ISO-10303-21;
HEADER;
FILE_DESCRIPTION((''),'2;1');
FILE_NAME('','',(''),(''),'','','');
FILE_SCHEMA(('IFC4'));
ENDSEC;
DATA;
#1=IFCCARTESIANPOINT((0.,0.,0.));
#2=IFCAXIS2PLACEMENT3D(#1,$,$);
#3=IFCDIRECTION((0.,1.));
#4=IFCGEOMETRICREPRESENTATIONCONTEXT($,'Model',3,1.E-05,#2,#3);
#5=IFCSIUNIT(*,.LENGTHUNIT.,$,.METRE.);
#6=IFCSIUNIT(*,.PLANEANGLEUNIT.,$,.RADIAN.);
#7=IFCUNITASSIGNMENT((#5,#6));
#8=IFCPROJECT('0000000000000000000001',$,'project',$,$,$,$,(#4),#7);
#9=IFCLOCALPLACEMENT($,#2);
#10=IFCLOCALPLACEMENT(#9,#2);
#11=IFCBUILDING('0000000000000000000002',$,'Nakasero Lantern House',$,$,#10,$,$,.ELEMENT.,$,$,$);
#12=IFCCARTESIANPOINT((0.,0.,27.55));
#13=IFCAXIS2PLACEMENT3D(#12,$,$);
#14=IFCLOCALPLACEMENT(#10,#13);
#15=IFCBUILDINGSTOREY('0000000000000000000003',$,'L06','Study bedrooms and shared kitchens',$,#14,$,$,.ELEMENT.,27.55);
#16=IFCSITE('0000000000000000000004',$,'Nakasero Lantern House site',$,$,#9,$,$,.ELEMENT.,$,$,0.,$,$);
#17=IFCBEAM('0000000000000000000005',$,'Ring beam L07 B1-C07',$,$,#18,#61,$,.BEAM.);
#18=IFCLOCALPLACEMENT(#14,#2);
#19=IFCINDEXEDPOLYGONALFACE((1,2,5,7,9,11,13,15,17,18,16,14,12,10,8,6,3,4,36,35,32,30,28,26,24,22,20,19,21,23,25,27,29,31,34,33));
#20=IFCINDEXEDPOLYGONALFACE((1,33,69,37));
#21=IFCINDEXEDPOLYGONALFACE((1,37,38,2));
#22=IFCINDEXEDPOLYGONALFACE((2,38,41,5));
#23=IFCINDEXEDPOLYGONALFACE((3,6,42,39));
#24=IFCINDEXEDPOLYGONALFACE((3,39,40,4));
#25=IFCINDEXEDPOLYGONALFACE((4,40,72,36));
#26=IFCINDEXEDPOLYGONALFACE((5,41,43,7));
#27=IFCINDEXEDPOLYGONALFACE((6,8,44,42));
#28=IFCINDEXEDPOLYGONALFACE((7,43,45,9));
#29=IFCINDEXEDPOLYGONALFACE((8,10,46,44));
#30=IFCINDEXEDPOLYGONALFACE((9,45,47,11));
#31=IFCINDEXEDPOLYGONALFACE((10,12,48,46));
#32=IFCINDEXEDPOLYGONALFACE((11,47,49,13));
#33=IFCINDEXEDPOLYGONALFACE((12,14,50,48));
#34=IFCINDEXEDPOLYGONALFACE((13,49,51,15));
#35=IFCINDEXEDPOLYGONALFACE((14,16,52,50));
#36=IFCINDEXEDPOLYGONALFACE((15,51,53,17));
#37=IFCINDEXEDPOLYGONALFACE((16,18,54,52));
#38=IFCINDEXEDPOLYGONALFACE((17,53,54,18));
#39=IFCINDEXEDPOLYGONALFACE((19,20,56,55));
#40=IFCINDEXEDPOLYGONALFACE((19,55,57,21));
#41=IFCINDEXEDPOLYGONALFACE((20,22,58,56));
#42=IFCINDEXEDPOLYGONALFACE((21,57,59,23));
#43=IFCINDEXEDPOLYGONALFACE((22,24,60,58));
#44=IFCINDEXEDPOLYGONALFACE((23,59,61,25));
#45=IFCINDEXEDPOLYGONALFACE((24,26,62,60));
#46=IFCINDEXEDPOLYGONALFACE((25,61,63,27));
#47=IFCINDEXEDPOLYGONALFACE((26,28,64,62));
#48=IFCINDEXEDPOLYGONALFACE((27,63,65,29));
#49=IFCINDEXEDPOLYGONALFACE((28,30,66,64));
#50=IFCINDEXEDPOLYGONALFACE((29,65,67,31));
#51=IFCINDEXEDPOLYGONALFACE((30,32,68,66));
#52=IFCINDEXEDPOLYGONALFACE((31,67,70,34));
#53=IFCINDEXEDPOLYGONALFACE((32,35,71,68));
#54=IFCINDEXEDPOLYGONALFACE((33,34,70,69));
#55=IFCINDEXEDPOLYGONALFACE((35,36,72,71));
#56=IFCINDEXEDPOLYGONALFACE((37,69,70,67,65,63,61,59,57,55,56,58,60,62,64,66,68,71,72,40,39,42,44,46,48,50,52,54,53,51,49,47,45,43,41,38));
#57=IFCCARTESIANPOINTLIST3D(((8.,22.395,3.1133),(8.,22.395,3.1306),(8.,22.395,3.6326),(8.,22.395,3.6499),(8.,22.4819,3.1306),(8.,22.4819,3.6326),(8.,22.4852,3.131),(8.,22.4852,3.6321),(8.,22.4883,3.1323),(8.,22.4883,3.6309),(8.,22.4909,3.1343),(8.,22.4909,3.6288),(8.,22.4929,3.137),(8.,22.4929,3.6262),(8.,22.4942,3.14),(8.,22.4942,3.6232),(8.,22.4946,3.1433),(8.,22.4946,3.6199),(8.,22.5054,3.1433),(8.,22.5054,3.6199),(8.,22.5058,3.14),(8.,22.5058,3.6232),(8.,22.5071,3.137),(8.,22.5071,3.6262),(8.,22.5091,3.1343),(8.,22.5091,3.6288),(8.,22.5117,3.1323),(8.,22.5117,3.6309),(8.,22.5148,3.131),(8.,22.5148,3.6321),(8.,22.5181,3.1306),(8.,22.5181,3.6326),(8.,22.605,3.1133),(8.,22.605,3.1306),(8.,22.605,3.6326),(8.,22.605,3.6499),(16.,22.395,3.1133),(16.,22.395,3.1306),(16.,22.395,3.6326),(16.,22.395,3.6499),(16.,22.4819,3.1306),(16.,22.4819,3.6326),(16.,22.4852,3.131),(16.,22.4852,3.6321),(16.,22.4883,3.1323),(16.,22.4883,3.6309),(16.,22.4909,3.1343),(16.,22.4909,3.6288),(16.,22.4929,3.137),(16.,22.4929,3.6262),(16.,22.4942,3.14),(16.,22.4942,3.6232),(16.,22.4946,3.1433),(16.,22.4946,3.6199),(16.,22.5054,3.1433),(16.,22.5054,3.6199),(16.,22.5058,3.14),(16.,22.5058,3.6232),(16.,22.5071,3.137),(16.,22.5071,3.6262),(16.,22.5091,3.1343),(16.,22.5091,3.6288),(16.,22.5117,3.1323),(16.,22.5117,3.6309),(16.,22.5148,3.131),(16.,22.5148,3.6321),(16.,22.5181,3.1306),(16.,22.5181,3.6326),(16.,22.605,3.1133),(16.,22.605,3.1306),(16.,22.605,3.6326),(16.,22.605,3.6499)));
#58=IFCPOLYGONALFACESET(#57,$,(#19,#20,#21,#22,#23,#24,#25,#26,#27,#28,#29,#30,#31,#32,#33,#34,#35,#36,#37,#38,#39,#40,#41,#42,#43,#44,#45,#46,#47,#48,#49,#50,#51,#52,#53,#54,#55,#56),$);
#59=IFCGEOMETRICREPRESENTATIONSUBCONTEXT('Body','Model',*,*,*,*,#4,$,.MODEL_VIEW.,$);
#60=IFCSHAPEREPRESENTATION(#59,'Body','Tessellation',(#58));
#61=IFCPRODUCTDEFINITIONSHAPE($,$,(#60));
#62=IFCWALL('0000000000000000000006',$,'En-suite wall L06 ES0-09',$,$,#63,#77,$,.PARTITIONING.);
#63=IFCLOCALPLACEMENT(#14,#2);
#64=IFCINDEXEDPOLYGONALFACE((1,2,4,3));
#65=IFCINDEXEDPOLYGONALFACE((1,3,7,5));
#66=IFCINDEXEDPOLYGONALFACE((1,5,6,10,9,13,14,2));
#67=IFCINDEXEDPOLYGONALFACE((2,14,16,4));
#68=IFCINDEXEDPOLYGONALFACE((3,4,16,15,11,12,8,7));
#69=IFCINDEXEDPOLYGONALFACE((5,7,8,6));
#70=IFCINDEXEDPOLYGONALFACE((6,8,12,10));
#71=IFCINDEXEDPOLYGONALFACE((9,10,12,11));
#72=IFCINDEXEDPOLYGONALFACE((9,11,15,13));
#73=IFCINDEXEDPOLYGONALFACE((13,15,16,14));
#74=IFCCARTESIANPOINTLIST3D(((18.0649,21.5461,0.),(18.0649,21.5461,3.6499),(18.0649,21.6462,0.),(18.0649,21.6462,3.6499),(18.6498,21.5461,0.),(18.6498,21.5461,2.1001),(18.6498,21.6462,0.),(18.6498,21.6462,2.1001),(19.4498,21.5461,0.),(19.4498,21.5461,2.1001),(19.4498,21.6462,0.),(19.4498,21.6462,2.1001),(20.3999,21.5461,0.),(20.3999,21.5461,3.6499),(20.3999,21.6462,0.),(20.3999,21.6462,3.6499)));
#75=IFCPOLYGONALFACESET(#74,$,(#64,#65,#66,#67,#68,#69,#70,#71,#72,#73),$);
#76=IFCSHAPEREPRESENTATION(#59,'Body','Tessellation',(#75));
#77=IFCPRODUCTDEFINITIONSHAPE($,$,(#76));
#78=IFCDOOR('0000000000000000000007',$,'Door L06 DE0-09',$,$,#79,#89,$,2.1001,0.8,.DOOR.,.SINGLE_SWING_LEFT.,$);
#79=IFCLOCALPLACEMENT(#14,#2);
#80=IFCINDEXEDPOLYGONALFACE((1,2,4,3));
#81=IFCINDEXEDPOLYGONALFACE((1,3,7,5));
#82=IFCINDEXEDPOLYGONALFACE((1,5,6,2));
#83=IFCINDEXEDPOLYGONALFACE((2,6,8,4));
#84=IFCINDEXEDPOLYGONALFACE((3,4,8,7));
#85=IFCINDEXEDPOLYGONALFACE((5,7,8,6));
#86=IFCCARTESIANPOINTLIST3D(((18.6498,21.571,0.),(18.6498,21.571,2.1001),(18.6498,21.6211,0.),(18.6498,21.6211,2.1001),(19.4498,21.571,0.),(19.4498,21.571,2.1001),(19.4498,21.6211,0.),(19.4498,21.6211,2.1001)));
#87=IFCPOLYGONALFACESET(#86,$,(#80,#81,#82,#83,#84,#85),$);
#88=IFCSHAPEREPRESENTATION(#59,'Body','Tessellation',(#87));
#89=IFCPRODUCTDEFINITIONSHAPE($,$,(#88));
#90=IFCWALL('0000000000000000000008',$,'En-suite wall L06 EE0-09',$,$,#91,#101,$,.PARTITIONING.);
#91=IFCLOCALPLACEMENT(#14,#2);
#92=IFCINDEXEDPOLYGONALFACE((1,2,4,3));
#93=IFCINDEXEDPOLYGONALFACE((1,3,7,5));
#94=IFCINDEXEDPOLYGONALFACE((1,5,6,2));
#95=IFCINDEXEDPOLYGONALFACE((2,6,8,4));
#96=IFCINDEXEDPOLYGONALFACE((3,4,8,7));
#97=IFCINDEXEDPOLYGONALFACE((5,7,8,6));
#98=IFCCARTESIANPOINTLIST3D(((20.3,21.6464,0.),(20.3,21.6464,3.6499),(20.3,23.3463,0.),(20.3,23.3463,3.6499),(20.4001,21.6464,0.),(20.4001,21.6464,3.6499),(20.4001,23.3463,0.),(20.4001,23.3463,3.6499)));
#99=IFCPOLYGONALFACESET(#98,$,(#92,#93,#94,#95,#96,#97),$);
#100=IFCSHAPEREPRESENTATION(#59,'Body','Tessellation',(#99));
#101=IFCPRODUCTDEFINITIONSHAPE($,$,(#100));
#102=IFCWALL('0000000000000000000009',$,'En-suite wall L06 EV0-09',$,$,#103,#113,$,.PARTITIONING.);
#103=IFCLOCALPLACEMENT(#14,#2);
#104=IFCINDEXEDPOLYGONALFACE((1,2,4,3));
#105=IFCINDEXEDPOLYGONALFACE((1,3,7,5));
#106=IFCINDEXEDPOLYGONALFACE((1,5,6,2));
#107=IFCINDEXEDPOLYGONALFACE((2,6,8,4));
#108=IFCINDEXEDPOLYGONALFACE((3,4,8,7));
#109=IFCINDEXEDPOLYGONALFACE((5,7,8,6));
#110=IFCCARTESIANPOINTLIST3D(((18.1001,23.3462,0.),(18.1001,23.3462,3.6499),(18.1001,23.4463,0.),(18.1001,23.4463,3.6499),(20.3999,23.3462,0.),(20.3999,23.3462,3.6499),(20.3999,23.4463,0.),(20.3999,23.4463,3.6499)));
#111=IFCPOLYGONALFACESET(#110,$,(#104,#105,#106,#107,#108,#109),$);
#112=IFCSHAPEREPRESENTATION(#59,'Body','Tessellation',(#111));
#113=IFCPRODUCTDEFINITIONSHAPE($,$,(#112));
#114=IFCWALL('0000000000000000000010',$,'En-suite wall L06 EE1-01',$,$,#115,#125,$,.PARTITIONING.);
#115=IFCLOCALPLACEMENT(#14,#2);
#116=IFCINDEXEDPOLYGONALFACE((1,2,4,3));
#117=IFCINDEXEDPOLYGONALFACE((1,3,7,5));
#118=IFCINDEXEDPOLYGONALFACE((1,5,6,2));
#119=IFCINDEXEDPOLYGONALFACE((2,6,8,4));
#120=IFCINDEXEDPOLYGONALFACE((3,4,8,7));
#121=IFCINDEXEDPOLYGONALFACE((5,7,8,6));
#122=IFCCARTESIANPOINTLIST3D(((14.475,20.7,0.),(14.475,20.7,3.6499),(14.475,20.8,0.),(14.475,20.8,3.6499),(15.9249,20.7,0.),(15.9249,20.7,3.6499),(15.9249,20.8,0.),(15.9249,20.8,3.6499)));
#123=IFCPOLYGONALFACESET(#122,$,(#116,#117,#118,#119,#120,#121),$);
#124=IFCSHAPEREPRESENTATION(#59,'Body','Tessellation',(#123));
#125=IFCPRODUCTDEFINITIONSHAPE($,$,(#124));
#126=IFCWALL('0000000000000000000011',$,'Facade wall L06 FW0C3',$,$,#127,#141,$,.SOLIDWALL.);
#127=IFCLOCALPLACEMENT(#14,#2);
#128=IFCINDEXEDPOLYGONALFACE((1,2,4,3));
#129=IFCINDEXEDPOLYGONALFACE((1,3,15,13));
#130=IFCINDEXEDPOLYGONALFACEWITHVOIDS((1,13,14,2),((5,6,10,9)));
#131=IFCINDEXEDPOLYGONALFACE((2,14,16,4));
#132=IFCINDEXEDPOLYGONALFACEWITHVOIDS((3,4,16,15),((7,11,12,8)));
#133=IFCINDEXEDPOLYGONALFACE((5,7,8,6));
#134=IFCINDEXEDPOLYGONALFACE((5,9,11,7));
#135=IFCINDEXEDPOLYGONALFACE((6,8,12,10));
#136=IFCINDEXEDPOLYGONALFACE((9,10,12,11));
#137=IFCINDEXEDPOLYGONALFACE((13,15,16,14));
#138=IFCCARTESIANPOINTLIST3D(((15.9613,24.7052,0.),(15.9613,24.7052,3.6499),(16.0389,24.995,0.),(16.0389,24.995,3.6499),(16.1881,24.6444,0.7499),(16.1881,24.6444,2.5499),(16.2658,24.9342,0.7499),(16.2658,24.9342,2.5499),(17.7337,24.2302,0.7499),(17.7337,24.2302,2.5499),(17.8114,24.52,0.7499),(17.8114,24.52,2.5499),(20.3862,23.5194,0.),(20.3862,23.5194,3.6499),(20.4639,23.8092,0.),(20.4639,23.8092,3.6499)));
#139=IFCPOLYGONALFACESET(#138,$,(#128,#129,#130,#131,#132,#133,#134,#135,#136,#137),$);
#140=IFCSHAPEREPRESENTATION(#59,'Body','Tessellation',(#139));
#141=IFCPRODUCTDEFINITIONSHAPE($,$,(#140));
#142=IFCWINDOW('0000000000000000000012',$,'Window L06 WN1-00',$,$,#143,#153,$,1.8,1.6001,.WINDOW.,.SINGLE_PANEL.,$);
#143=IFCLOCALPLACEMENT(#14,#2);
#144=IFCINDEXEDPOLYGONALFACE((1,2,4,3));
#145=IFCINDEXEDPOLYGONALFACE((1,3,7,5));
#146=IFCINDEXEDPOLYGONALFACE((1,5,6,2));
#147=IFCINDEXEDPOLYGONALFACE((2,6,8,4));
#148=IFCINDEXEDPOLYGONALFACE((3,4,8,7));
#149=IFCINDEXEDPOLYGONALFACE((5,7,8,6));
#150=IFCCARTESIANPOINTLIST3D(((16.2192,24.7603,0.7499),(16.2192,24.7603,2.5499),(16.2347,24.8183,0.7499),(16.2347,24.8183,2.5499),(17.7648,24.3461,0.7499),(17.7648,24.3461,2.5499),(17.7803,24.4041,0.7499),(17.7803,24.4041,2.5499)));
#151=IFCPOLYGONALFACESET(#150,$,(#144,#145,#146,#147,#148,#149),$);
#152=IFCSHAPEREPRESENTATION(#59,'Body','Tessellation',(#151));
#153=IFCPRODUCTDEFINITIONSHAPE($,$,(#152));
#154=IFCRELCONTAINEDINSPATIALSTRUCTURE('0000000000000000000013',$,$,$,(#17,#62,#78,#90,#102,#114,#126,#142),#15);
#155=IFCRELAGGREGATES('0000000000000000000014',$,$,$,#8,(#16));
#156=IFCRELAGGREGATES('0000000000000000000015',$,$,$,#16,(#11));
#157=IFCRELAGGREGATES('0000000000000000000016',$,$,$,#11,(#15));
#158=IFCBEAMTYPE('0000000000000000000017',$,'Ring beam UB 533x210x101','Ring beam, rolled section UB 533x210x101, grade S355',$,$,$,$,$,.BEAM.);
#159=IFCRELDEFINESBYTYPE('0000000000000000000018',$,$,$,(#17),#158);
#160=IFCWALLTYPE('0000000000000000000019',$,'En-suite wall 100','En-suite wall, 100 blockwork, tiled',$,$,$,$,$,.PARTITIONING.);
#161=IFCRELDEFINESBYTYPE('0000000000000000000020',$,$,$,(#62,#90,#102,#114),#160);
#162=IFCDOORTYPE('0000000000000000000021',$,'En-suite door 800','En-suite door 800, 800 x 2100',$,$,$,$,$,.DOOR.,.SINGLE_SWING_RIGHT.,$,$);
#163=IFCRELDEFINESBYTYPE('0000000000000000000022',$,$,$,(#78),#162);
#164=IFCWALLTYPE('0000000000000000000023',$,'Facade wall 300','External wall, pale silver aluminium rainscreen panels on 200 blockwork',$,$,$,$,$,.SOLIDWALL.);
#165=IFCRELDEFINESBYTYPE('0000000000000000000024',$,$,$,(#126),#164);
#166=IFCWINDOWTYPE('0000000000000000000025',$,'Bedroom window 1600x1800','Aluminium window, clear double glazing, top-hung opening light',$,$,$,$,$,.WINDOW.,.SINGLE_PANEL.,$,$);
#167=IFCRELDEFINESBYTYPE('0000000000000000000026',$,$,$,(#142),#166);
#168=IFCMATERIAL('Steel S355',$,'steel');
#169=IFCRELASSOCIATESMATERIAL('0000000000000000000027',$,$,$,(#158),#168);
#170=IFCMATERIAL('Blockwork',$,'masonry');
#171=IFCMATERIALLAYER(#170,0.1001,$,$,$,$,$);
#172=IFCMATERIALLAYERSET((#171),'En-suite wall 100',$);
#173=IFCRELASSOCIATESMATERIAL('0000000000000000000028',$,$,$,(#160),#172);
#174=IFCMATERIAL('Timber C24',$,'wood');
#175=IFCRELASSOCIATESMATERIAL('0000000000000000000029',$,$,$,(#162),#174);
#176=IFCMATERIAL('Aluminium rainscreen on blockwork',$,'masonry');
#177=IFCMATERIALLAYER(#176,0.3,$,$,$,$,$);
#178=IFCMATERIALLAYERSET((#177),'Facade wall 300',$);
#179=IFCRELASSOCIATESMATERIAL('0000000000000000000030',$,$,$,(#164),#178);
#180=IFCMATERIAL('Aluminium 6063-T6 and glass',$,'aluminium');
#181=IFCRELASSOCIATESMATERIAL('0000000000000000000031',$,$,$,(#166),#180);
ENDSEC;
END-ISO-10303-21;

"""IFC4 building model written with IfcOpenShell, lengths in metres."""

from ifc_helpers import new_model, si_unit, direction, frame, frame_2d, origin, origin_2d, place, context, subcontext, project, spatial, rectangle, i_section, extrude, material, layer, layer_set, material_profile, profile_set, type_object, element, fill, save


model = new_model("IFC4")

# Units and contexts
model_context = context("Model", 3, precision=1e-05, world=origin(), true_north=direction((0.0, 1.0)))
body_context = subcontext(model_context, "Body", "Model", "MODEL_VIEW")
ifc_project = project(units=[si_unit("LENGTHUNIT", "METRE"), si_unit("PLANEANGLEUNIT", "RADIAN")], contexts=[model_context])

# Site, building, storey
site_placement = place(None, origin())
site = spatial("IfcSite", under=ifc_project, at=site_placement, Name="Nakasero Lantern House site", CompositionType="ELEMENT", RefElevation=0.0)
building_placement = place(site_placement, origin())
building = spatial("IfcBuilding", under=site, at=building_placement, Name="Nakasero Lantern House", CompositionType="ELEMENT")
storey_placement = place(building_placement, frame((0.0, 0.0, 27.55)))
storey = spatial("IfcBuildingStorey", under=building, at=storey_placement, Name="L06", Description="Study bedrooms and shared kitchens", CompositionType="ELEMENT", Elevation=27.55)

# Beam
ifc_material_1 = material(Name="Steel S355", Category="steel")
ifc_material_profile_1 = material_profile(ifc_material_1, i_section(OverallWidth=0.21, OverallDepth=0.5366, WebThickness=0.0107, FlangeThickness=0.0173, FilletRadius=0.0127, at=origin_2d()), Name="UB 533x210x101")
ifc_profile_set_1 = profile_set([ifc_material_profile_1], Name="Steel S355")
beam_type_1 = type_object("IfcBeamType", Name="Ring beam UB 533x210x101", Description="Ring beam, rolled section UB 533x210x101, grade S355", PredefinedType="BEAM", material=ifc_profile_set_1)
beam_1_placement = place(storey_placement, frame((16.0, 22.5, 3.3816), z_axis=(-1.0, 0.0, 0.0), x_axis=(0.0, -1.0, 0.0)))
element("IfcBeam", 1, at=beam_1_placement, inside=storey, type_object=beam_type_1, Name="Ring beam L07 B1-C07", PredefinedType="BEAM", context=body_context, shape_type="SweptSolid", body=[
    extrude(i_section(OverallWidth=0.21, OverallDepth=0.5366, WebThickness=0.0107, FlangeThickness=0.0173, FilletRadius=0.0127, at=origin_2d()), origin(), (0.0, 0.0, 1.0), 8.0),
])

# Wall, opening, door
ifc_material_2 = material(Name="Blockwork", Category="masonry")
ifc_layer_1 = layer(ifc_material_2, 0.1001)
ifc_layer_set_1 = layer_set([ifc_layer_1], Name="En-suite wall 100")
wall_type_1 = type_object("IfcWallType", Name="En-suite wall 100", Description="En-suite wall, 100 blockwork, tiled", PredefinedType="PARTITIONING", material=ifc_layer_set_1)
wall_1_placement = place(storey_placement, frame((18.0649, 21.5962, 0.0), z_axis=(0.0, 0.0, 1.0), x_axis=(1.0, 0.0, 0.0)))
wall_1 = element("IfcWall", 2, at=wall_1_placement, inside=storey, type_object=wall_type_1, Name="En-suite wall L06 ES0-09", PredefinedType="PARTITIONING", context=body_context, shape_type="SweptSolid", body=[
    extrude(rectangle(XDim=2.335, YDim=0.1001, at=frame_2d((1.1675, 0.0))), origin(), (0.0, 0.0, 1.0), 3.6499),
])
opening_1_placement = place(wall_1_placement, frame((0.585, 0.0, 0.0)))
opening_1 = element("IfcOpeningElement", 3, at=opening_1_placement, cuts=wall_1, PredefinedType="OPENING", context=body_context, shape_type="SweptSolid", body=[
    extrude(rectangle(XDim=0.8, YDim=2.1001, at=frame_2d((0.3999, 1.05))), frame((0.0, 0.0701, 0.0), z_axis=(0.0, -1.0, 0.0), x_axis=(1.0, 0.0, 0.0)), (0.0, 0.0, 1.0), 0.1401),
])
ifc_material_3 = material(Name="Timber C24", Category="wood")
door_type_1 = type_object("IfcDoorType", Name="En-suite door 800", Description="En-suite door 800, 800 x 2100", OperationType="SINGLE_SWING_RIGHT", PredefinedType="DOOR", material=ifc_material_3)
door_1_placement = place(opening_1_placement, origin())
door_1 = element("IfcDoor", 4, at=door_1_placement, inside=storey, type_object=door_type_1, Name="Door L06 DE0-09", OperationType="SINGLE_SWING_LEFT", OverallHeight=2.1001, OverallWidth=0.8, PredefinedType="DOOR", context=body_context, shape_type="SweptSolid", body=[
    extrude(rectangle(XDim=0.8, YDim=2.1001, at=frame_2d((0.3999, 1.05))), frame((0.0, 0.0249, 0.0), z_axis=(0.0, -1.0, 0.0), x_axis=(1.0, 0.0, 0.0)), (0.0, 0.0, 1.0), 0.05),
])
fill(opening_1, door_1)

# Walls
wall_2_placement = place(storey_placement, frame((20.3501, 21.6462, 0.0), z_axis=(0.0, 0.0, 1.0), x_axis=(0.0, 1.0, 0.0)))
element("IfcWall", 5, at=wall_2_placement, inside=storey, type_object=wall_type_1, Name="En-suite wall L06 EE0-09", PredefinedType="PARTITIONING", context=body_context, shape_type="SweptSolid", body=[
    extrude(rectangle(XDim=1.7, YDim=0.1001, at=frame_2d((0.8501, 0.0))), origin(), (0.0, 0.0, 1.0), 3.6499),
])
wall_3_placement = place(storey_placement, frame((18.1001, 23.3962, 0.0), z_axis=(0.0, 0.0, 1.0), x_axis=(1.0, 0.0, 0.0)))
element("IfcWall", 6, at=wall_3_placement, inside=storey, type_object=wall_type_1, Name="En-suite wall L06 EV0-09", PredefinedType="PARTITIONING", context=body_context, shape_type="SweptSolid", body=[
    extrude(rectangle(XDim=2.2998, YDim=0.1001, at=frame_2d((1.1499, 0.0))), origin(), (0.0, 0.0, 1.0), 3.6499),
])
wall_4_placement = place(storey_placement, frame((15.925, 20.75, 0.0), z_axis=(0.0, 0.0, 1.0), x_axis=(-1.0, 0.0, 0.0)))
element("IfcWall", 7, at=wall_4_placement, inside=storey, type_object=wall_type_1, Name="En-suite wall L06 EE1-01", PredefinedType="PARTITIONING", context=body_context, shape_type="SweptSolid", body=[
    extrude(rectangle(XDim=1.45, YDim=0.1001, at=frame_2d((0.7251, 0.0))), origin(), (0.0, 0.0, 1.0), 3.6499),
])

# Wall, opening, window
ifc_material_4 = material(Name="Aluminium rainscreen on blockwork", Category="masonry")
ifc_layer_2 = layer(ifc_material_4, 0.3)
ifc_layer_set_2 = layer_set([ifc_layer_2], Name="Facade wall 300")
wall_type_2 = type_object("IfcWallType", Name="Facade wall 300", Description="External wall, pale silver aluminium rainscreen panels on 200 blockwork", PredefinedType="SOLIDWALL", material=ifc_layer_set_2)
wall_5_placement = place(storey_placement, frame((20.425, 23.6643, 0.0), z_axis=(0.0, 0.0, 1.0), x_axis=(-0.96592, 0.25884, 0.0)))
wall_5 = element("IfcWall", 8, at=wall_5_placement, inside=storey, type_object=wall_type_2, Name="Facade wall L06 FW0C3", PredefinedType="SOLIDWALL", context=body_context, shape_type="SweptSolid", body=[
    extrude(rectangle(XDim=4.5811, YDim=0.3, at=frame_2d((2.2905, 0.0))), origin(), (0.0, 0.0, 1.0), 3.6499),
])
opening_2_placement = place(wall_5_placement, frame((2.7461, 0.0, 0.75)))
opening_2 = element("IfcOpeningElement", 9, at=opening_2_placement, cuts=wall_5, PredefinedType="OPENING", context=body_context, shape_type="SweptSolid", body=[
    extrude(rectangle(XDim=1.6001, YDim=1.8, at=frame_2d((0.8, 0.8999))), frame((0.0, 0.1699, 0.0), z_axis=(0.0, -1.0, 0.0), x_axis=(1.0, 0.0, 0.0)), (0.0, 0.0, 1.0), 0.3401),
])
ifc_material_5 = material(Name="Aluminium 6063-T6 and glass", Category="aluminium")
window_type_1 = type_object("IfcWindowType", Name="Bedroom window 1600x1800", Description="Aluminium window, clear double glazing, top-hung opening light", PartitioningType="SINGLE_PANEL", PredefinedType="WINDOW", material=ifc_material_5)
window_1_placement = place(opening_2_placement, origin())
window_1 = element("IfcWindow", 10, at=window_1_placement, inside=storey, type_object=window_type_1, Name="Window L06 WN1-00", OverallHeight=1.8, OverallWidth=1.6001, PartitioningType="SINGLE_PANEL", PredefinedType="WINDOW", context=body_context, shape_type="SweptSolid", body=[
    extrude(rectangle(XDim=1.6001, YDim=1.8, at=frame_2d((0.8, 0.8999))), frame((0.0, 0.03, 0.0), z_axis=(0.0, -1.0, 0.0), x_axis=(1.0, 0.0, 0.0)), (0.0, 0.0, 1.0), 0.0601),
])
fill(opening_2, window_1)

save(model, "model.ifc")
